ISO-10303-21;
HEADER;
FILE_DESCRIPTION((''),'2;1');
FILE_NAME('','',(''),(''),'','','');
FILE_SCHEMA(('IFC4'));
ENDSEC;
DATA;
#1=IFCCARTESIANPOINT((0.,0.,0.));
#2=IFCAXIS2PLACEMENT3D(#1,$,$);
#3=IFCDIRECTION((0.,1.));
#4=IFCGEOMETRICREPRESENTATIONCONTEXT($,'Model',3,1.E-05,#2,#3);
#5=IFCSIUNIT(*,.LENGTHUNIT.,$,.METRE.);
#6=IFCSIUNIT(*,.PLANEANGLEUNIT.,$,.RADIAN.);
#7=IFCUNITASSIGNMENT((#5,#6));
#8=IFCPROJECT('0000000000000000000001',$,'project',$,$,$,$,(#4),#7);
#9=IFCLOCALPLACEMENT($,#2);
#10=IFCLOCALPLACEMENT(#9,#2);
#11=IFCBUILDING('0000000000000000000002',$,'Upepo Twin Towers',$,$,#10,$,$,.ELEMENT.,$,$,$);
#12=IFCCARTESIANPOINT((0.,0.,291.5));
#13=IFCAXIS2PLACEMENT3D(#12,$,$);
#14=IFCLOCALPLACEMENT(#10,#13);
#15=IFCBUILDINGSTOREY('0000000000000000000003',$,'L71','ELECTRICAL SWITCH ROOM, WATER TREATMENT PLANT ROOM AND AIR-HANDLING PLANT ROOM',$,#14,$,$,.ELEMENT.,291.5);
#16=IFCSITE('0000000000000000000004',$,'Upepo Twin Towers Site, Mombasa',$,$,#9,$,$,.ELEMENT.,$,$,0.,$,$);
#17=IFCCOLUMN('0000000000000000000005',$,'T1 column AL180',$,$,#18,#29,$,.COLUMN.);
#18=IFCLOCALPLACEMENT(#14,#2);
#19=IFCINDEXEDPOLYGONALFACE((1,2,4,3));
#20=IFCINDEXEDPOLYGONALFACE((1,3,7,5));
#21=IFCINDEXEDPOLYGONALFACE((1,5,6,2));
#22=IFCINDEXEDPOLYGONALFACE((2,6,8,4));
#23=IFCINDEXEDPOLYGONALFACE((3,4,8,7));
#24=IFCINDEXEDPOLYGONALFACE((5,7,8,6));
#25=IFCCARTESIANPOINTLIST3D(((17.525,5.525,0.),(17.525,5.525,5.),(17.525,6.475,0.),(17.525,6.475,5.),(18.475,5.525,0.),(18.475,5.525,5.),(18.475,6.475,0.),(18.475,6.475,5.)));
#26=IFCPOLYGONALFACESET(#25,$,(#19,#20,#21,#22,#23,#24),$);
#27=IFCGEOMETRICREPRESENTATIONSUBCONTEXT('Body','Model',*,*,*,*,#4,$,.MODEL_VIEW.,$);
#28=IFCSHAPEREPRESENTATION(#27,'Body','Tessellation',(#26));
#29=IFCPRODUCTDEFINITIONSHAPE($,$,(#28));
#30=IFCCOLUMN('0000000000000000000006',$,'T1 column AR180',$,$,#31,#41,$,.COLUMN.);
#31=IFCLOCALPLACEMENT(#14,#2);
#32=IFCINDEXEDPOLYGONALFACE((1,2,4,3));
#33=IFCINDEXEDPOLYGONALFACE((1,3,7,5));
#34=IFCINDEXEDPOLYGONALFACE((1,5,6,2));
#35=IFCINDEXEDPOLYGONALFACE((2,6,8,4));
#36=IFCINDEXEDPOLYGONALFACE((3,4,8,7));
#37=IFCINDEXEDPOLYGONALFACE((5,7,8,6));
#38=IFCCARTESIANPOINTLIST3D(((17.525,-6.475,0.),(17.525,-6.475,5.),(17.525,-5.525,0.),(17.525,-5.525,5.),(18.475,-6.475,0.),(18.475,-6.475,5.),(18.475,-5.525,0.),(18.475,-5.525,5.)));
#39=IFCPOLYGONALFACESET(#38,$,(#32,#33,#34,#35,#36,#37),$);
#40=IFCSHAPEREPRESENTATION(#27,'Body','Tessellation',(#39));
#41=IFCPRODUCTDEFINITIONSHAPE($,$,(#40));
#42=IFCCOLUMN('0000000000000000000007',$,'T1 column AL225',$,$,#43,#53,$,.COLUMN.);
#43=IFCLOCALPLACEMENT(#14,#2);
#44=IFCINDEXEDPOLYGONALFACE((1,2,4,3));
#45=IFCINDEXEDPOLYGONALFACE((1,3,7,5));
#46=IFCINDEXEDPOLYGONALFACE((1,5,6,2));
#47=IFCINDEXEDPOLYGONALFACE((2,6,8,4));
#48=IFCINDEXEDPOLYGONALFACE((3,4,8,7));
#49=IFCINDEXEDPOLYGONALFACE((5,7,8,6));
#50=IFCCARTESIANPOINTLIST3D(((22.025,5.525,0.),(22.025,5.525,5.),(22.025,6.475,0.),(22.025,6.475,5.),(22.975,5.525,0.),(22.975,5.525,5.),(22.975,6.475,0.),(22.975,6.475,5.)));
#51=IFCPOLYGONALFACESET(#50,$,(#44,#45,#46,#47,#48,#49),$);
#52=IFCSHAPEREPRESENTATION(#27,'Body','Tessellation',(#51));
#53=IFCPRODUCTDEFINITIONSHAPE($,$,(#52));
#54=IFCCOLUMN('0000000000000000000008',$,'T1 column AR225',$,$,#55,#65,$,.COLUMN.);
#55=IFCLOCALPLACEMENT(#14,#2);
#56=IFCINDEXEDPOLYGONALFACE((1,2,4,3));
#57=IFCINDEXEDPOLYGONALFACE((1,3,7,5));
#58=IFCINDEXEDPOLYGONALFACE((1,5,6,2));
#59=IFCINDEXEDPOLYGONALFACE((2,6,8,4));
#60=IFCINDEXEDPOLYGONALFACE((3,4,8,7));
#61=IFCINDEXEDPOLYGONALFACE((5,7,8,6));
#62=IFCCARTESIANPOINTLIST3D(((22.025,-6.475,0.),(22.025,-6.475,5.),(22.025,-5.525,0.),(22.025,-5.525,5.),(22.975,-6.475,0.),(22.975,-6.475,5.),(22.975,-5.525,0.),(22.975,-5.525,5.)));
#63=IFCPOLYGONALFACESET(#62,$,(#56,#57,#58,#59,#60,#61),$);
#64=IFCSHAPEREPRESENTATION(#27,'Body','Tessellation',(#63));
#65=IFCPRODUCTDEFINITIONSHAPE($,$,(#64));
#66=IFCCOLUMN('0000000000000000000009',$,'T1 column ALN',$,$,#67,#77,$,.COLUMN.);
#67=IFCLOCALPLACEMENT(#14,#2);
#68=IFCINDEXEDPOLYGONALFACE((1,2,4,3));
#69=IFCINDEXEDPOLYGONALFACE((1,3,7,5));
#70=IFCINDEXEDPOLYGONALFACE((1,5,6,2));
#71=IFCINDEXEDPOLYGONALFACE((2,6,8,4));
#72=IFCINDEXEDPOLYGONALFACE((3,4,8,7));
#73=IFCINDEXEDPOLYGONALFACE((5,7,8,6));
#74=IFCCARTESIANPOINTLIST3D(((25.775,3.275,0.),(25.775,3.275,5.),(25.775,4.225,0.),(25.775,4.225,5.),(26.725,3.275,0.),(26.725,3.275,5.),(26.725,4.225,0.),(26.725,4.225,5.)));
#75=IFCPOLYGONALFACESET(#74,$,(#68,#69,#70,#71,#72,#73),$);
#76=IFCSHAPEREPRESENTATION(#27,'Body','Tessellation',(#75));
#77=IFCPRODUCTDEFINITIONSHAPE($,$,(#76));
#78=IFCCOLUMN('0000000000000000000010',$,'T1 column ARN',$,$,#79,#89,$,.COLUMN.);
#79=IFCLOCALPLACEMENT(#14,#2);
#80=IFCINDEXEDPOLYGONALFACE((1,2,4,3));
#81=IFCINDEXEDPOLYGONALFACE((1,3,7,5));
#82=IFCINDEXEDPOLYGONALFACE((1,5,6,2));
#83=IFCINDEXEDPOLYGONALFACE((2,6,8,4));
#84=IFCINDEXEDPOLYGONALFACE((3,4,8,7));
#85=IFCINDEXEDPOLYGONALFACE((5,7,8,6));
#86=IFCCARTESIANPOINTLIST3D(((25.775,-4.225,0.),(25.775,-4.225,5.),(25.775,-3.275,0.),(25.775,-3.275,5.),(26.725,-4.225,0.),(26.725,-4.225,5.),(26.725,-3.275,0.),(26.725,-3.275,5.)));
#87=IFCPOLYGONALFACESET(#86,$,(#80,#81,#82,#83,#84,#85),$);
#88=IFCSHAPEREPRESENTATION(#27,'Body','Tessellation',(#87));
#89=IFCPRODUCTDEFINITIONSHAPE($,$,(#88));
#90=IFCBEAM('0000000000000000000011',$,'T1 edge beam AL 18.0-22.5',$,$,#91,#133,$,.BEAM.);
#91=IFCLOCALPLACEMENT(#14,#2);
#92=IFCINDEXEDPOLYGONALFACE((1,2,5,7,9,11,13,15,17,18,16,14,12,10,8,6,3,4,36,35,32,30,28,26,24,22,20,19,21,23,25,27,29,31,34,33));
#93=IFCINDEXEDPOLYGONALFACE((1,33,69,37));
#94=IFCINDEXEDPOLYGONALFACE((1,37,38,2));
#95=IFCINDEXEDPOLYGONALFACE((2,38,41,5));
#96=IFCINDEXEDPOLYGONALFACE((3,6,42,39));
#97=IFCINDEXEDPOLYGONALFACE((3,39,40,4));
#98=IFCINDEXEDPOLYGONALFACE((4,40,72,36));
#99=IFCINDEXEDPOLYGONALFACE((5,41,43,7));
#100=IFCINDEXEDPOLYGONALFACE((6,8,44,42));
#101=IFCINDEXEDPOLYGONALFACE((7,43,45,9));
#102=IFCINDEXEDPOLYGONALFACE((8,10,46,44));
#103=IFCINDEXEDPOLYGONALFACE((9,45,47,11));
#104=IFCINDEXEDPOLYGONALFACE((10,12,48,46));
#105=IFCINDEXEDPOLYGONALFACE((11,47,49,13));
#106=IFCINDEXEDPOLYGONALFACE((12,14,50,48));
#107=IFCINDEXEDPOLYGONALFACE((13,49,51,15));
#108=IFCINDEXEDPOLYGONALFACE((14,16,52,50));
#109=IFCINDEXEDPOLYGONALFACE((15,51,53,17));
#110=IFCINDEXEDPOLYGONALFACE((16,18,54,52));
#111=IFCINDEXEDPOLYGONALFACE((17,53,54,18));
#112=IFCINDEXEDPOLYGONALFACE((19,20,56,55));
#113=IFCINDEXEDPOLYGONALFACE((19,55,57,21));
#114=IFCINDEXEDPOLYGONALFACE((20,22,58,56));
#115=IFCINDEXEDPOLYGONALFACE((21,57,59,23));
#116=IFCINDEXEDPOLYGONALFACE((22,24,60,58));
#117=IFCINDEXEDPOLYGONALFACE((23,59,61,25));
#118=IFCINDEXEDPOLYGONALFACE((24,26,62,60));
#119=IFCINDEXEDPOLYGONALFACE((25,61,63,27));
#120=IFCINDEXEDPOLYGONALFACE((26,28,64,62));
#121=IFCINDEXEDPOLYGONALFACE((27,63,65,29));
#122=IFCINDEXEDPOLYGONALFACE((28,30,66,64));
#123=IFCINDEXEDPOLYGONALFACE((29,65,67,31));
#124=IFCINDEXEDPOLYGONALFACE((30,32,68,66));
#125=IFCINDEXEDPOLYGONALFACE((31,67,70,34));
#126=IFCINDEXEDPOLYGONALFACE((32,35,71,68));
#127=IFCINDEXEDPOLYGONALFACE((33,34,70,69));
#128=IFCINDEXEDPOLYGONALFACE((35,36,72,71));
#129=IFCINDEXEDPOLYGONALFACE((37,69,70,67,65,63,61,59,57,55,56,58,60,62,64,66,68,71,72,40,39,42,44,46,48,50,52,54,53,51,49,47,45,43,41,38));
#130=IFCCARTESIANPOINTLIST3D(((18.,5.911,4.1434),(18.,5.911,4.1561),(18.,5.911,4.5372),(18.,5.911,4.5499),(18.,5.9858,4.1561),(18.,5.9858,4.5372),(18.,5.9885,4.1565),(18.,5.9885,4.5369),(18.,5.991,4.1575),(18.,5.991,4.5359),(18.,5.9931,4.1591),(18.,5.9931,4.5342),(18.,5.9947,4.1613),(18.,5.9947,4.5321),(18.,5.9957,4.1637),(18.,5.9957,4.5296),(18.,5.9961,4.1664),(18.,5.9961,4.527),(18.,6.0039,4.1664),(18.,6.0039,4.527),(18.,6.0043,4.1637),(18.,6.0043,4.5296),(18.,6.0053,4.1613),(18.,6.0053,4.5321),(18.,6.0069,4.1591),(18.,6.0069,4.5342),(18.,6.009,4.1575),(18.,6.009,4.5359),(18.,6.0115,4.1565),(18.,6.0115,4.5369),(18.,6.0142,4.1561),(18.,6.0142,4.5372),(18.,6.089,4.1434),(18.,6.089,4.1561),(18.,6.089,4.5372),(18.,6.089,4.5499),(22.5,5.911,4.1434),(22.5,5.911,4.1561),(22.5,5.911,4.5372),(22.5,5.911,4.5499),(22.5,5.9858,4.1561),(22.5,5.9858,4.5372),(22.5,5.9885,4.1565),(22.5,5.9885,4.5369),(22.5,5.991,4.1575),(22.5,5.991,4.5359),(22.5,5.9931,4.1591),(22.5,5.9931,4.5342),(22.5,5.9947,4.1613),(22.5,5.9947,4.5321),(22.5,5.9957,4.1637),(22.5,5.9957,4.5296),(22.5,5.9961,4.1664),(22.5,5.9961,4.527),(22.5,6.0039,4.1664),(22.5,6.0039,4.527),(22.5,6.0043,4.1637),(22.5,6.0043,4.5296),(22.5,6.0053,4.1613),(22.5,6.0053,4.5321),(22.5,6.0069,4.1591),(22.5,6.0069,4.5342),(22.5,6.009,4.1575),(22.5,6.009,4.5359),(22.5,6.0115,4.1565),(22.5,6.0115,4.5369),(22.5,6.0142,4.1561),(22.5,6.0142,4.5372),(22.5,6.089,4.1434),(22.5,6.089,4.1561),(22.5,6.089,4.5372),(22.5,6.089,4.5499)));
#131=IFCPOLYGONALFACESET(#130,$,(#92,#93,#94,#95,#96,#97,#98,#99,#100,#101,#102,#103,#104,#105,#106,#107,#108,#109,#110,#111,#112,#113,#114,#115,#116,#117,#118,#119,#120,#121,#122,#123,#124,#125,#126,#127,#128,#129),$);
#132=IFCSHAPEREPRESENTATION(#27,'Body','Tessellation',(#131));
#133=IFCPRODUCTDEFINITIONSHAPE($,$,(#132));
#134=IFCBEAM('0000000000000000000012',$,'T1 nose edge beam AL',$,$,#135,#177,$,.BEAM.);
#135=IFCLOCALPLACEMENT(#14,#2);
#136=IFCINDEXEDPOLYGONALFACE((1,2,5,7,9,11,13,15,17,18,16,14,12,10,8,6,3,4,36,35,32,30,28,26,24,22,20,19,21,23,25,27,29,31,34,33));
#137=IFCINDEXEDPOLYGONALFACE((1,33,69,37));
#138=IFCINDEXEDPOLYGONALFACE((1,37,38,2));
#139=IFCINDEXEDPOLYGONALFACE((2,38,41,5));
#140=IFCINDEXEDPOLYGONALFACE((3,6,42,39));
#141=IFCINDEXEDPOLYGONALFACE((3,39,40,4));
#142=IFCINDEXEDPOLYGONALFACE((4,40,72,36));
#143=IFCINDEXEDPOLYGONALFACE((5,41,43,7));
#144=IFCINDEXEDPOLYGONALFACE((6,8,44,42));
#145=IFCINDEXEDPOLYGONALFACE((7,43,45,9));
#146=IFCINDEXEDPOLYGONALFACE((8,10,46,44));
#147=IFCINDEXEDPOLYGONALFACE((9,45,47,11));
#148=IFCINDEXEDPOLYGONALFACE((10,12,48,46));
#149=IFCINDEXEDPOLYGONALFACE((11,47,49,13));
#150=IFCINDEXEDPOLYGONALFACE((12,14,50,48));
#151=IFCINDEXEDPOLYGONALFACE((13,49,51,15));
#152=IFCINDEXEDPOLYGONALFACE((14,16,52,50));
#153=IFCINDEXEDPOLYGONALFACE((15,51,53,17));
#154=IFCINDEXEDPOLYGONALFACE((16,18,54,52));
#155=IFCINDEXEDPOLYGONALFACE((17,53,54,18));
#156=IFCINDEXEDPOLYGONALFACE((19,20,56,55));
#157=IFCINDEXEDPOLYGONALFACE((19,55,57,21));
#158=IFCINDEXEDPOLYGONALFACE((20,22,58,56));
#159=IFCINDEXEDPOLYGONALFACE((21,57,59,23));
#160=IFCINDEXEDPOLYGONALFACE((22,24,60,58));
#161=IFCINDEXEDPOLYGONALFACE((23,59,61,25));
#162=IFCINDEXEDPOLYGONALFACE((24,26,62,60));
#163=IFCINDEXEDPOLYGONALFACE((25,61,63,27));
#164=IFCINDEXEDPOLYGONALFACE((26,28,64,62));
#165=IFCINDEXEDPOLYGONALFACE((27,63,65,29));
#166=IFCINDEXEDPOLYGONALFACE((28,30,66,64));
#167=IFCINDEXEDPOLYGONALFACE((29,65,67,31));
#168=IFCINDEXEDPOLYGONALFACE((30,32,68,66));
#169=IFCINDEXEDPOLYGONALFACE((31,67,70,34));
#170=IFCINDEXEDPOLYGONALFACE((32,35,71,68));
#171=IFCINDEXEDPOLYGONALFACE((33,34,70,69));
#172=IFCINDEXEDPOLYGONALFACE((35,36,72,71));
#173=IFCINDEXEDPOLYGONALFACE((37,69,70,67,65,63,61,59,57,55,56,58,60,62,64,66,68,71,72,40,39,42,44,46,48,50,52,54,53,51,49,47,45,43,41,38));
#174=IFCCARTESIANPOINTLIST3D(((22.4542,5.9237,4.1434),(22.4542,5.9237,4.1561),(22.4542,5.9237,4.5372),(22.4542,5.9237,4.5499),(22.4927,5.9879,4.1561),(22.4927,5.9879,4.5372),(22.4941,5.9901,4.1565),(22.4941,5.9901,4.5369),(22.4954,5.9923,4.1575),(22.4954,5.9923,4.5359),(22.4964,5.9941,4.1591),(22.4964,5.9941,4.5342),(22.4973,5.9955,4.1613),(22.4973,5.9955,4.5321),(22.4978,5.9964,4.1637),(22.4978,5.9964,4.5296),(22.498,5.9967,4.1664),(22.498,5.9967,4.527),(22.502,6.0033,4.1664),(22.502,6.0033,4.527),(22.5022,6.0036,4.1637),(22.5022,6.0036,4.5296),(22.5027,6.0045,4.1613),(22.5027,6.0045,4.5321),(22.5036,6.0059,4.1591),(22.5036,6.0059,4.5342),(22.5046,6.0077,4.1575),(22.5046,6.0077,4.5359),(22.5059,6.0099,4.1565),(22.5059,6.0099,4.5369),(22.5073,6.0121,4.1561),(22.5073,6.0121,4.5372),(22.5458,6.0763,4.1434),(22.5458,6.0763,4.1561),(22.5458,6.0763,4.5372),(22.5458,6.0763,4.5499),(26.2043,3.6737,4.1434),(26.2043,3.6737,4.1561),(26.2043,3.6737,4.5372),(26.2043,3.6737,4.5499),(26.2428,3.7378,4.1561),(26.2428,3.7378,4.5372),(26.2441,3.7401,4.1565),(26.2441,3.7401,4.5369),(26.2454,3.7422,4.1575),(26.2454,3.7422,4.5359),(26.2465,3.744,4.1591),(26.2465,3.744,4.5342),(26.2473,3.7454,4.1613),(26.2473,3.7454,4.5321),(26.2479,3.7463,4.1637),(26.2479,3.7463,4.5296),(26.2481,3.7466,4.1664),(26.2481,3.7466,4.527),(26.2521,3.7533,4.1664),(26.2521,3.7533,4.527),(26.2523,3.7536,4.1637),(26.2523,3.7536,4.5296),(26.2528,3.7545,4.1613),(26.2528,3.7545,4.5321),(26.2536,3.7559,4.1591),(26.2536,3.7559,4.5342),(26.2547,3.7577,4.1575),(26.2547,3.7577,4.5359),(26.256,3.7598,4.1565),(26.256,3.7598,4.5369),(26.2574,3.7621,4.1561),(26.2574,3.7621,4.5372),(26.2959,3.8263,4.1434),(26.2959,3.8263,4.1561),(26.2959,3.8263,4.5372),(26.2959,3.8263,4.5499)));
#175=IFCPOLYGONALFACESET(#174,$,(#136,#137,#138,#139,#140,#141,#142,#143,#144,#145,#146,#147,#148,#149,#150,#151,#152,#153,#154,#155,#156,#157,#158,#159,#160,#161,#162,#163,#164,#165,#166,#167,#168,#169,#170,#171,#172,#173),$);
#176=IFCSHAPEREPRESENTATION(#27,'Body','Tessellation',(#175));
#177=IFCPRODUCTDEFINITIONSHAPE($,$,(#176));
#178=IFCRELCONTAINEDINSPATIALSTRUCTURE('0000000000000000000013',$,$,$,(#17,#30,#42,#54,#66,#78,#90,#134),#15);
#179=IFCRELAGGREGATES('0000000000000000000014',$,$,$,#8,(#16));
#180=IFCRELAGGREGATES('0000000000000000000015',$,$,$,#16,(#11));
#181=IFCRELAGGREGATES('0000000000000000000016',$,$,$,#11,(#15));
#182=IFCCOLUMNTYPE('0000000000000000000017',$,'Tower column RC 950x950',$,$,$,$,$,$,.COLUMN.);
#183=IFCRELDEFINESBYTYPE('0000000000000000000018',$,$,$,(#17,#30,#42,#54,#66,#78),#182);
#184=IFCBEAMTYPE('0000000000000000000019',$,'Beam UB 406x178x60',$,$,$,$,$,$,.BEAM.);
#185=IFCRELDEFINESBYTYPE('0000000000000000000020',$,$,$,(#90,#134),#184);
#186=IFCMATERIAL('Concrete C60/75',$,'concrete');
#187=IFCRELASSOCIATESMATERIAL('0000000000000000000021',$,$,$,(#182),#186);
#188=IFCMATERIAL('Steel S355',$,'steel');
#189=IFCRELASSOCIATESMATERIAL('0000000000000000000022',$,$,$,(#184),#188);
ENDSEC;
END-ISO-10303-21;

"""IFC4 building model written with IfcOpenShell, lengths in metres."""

from ifc_helpers import new_model, si_unit, direction, frame, origin, origin_2d, place, context, subcontext, project, spatial, rectangle, i_section, extrude, material, material_profile, profile_set, type_object, element, save


model = new_model("IFC4")

# Units and contexts
model_context = context("Model", 3, precision=1e-05, world=origin(), true_north=direction((0.0, 1.0)))
body_context = subcontext(model_context, "Body", "Model", "MODEL_VIEW")
ifc_project = project(units=[si_unit("LENGTHUNIT", "METRE"), si_unit("PLANEANGLEUNIT", "RADIAN")], contexts=[model_context])

# Site, building, storey
site_placement = place(None, origin())
site = spatial("IfcSite", under=ifc_project, at=site_placement, Name="Upepo Twin Towers Site, Mombasa", CompositionType="ELEMENT", RefElevation=0.0)
building_placement = place(site_placement, origin())
building = spatial("IfcBuilding", under=site, at=building_placement, Name="Upepo Twin Towers", CompositionType="ELEMENT")
storey_placement = place(building_placement, frame((0.0, 0.0, 291.5)))
storey = spatial("IfcBuildingStorey", under=building, at=storey_placement, Name="L71", Description="ELECTRICAL SWITCH ROOM, WATER TREATMENT PLANT ROOM AND AIR-HANDLING PLANT ROOM", CompositionType="ELEMENT", Elevation=291.5)

# Columns
ifc_material_1 = material(Name="Concrete C60/75", Category="concrete")
ifc_material_profile_1 = material_profile(ifc_material_1, rectangle(XDim=0.95, YDim=0.95, at=origin_2d()), Name="RC 950x950")
ifc_profile_set_1 = profile_set([ifc_material_profile_1], Name="Concrete C60/75")
column_type = type_object("IfcColumnType", Name="Tower column RC 950x950", PredefinedType="COLUMN", material=ifc_profile_set_1)
for number, where, z_axis, x_axis, name in (
    (1, (18.0, 6.0, 0.0), (0.0, 0.0, 1.0), (1.0, 0.0, 0.0), "T1 column AL180"),
    (2, (18.0, -6.0, 0.0), (0.0, 0.0, 1.0), (1.0, 0.0, 0.0), "T1 column AR180"),
    (3, (22.5, 6.0, 0.0), (0.0, 0.0, 1.0), (1.0, 0.0, 0.0), "T1 column AL225"),
    (4, (22.5, -6.0, 0.0), (0.0, 0.0, 1.0), (1.0, 0.0, 0.0), "T1 column AR225"),
    (5, (26.25, 3.75, 0.0), (0.0, 0.0, 1.0), (1.0, 0.0, 0.0), "T1 column ALN"),
    (6, (26.25, -3.75, 0.0), (0.0, 0.0, 1.0), (1.0, 0.0, 0.0), "T1 column ARN"),
):
    element("IfcColumn", number, at=place(storey_placement, frame(where, z_axis=z_axis, x_axis=x_axis)), inside=storey, type_object=column_type, Name=name, PredefinedType="COLUMN", context=body_context, shape_type="SweptSolid", body=[
        extrude(rectangle(XDim=0.95, YDim=0.95, at=origin_2d()), origin(), (0.0, 0.0, 1.0), 5.0),
    ])

# Beams
ifc_material_2 = material(Name="Steel S355", Category="steel")
ifc_material_profile_2 = material_profile(ifc_material_2, i_section(OverallWidth=0.178, OverallDepth=0.4065, WebThickness=0.0078, FlangeThickness=0.0127, FilletRadius=0.0103, at=origin_2d()), Name="UB 406x178x60")
ifc_profile_set_2 = profile_set([ifc_material_profile_2], Name="Steel S355")
beam_type_1 = type_object("IfcBeamType", Name="Beam UB 406x178x60", PredefinedType="BEAM", material=ifc_profile_set_2)
beam_1_placement = place(storey_placement, frame((18.0, 6.0, 4.3467), z_axis=(1.0, 0.0, 0.0), x_axis=(0.0, 1.0, 0.0)))
element("IfcBeam", 7, at=beam_1_placement, inside=storey, type_object=beam_type_1, Name="T1 edge beam AL 18.0-22.5", PredefinedType="BEAM", context=body_context, shape_type="SweptSolid", body=[
    extrude(i_section(OverallWidth=0.178, OverallDepth=0.4065, WebThickness=0.0078, FlangeThickness=0.0127, FilletRadius=0.0103, at=origin_2d()), origin(), (0.0, 0.0, 1.0), 4.5),
])
beam_2_placement = place(storey_placement, frame((22.5, 6.0, 4.3467), z_axis=(0.857493, -0.514496, 0.0), x_axis=(0.514496, 0.857493, 0.0)))
element("IfcBeam", 8, at=beam_2_placement, inside=storey, type_object=beam_type_1, Name="T1 nose edge beam AL", PredefinedType="BEAM", context=body_context, shape_type="SweptSolid", body=[
    extrude(i_section(OverallWidth=0.178, OverallDepth=0.4065, WebThickness=0.0078, FlangeThickness=0.0127, FilletRadius=0.0103, at=origin_2d()), origin(), (0.0, 0.0, 1.0), 4.3733),
])

save(model, "model.ifc")
